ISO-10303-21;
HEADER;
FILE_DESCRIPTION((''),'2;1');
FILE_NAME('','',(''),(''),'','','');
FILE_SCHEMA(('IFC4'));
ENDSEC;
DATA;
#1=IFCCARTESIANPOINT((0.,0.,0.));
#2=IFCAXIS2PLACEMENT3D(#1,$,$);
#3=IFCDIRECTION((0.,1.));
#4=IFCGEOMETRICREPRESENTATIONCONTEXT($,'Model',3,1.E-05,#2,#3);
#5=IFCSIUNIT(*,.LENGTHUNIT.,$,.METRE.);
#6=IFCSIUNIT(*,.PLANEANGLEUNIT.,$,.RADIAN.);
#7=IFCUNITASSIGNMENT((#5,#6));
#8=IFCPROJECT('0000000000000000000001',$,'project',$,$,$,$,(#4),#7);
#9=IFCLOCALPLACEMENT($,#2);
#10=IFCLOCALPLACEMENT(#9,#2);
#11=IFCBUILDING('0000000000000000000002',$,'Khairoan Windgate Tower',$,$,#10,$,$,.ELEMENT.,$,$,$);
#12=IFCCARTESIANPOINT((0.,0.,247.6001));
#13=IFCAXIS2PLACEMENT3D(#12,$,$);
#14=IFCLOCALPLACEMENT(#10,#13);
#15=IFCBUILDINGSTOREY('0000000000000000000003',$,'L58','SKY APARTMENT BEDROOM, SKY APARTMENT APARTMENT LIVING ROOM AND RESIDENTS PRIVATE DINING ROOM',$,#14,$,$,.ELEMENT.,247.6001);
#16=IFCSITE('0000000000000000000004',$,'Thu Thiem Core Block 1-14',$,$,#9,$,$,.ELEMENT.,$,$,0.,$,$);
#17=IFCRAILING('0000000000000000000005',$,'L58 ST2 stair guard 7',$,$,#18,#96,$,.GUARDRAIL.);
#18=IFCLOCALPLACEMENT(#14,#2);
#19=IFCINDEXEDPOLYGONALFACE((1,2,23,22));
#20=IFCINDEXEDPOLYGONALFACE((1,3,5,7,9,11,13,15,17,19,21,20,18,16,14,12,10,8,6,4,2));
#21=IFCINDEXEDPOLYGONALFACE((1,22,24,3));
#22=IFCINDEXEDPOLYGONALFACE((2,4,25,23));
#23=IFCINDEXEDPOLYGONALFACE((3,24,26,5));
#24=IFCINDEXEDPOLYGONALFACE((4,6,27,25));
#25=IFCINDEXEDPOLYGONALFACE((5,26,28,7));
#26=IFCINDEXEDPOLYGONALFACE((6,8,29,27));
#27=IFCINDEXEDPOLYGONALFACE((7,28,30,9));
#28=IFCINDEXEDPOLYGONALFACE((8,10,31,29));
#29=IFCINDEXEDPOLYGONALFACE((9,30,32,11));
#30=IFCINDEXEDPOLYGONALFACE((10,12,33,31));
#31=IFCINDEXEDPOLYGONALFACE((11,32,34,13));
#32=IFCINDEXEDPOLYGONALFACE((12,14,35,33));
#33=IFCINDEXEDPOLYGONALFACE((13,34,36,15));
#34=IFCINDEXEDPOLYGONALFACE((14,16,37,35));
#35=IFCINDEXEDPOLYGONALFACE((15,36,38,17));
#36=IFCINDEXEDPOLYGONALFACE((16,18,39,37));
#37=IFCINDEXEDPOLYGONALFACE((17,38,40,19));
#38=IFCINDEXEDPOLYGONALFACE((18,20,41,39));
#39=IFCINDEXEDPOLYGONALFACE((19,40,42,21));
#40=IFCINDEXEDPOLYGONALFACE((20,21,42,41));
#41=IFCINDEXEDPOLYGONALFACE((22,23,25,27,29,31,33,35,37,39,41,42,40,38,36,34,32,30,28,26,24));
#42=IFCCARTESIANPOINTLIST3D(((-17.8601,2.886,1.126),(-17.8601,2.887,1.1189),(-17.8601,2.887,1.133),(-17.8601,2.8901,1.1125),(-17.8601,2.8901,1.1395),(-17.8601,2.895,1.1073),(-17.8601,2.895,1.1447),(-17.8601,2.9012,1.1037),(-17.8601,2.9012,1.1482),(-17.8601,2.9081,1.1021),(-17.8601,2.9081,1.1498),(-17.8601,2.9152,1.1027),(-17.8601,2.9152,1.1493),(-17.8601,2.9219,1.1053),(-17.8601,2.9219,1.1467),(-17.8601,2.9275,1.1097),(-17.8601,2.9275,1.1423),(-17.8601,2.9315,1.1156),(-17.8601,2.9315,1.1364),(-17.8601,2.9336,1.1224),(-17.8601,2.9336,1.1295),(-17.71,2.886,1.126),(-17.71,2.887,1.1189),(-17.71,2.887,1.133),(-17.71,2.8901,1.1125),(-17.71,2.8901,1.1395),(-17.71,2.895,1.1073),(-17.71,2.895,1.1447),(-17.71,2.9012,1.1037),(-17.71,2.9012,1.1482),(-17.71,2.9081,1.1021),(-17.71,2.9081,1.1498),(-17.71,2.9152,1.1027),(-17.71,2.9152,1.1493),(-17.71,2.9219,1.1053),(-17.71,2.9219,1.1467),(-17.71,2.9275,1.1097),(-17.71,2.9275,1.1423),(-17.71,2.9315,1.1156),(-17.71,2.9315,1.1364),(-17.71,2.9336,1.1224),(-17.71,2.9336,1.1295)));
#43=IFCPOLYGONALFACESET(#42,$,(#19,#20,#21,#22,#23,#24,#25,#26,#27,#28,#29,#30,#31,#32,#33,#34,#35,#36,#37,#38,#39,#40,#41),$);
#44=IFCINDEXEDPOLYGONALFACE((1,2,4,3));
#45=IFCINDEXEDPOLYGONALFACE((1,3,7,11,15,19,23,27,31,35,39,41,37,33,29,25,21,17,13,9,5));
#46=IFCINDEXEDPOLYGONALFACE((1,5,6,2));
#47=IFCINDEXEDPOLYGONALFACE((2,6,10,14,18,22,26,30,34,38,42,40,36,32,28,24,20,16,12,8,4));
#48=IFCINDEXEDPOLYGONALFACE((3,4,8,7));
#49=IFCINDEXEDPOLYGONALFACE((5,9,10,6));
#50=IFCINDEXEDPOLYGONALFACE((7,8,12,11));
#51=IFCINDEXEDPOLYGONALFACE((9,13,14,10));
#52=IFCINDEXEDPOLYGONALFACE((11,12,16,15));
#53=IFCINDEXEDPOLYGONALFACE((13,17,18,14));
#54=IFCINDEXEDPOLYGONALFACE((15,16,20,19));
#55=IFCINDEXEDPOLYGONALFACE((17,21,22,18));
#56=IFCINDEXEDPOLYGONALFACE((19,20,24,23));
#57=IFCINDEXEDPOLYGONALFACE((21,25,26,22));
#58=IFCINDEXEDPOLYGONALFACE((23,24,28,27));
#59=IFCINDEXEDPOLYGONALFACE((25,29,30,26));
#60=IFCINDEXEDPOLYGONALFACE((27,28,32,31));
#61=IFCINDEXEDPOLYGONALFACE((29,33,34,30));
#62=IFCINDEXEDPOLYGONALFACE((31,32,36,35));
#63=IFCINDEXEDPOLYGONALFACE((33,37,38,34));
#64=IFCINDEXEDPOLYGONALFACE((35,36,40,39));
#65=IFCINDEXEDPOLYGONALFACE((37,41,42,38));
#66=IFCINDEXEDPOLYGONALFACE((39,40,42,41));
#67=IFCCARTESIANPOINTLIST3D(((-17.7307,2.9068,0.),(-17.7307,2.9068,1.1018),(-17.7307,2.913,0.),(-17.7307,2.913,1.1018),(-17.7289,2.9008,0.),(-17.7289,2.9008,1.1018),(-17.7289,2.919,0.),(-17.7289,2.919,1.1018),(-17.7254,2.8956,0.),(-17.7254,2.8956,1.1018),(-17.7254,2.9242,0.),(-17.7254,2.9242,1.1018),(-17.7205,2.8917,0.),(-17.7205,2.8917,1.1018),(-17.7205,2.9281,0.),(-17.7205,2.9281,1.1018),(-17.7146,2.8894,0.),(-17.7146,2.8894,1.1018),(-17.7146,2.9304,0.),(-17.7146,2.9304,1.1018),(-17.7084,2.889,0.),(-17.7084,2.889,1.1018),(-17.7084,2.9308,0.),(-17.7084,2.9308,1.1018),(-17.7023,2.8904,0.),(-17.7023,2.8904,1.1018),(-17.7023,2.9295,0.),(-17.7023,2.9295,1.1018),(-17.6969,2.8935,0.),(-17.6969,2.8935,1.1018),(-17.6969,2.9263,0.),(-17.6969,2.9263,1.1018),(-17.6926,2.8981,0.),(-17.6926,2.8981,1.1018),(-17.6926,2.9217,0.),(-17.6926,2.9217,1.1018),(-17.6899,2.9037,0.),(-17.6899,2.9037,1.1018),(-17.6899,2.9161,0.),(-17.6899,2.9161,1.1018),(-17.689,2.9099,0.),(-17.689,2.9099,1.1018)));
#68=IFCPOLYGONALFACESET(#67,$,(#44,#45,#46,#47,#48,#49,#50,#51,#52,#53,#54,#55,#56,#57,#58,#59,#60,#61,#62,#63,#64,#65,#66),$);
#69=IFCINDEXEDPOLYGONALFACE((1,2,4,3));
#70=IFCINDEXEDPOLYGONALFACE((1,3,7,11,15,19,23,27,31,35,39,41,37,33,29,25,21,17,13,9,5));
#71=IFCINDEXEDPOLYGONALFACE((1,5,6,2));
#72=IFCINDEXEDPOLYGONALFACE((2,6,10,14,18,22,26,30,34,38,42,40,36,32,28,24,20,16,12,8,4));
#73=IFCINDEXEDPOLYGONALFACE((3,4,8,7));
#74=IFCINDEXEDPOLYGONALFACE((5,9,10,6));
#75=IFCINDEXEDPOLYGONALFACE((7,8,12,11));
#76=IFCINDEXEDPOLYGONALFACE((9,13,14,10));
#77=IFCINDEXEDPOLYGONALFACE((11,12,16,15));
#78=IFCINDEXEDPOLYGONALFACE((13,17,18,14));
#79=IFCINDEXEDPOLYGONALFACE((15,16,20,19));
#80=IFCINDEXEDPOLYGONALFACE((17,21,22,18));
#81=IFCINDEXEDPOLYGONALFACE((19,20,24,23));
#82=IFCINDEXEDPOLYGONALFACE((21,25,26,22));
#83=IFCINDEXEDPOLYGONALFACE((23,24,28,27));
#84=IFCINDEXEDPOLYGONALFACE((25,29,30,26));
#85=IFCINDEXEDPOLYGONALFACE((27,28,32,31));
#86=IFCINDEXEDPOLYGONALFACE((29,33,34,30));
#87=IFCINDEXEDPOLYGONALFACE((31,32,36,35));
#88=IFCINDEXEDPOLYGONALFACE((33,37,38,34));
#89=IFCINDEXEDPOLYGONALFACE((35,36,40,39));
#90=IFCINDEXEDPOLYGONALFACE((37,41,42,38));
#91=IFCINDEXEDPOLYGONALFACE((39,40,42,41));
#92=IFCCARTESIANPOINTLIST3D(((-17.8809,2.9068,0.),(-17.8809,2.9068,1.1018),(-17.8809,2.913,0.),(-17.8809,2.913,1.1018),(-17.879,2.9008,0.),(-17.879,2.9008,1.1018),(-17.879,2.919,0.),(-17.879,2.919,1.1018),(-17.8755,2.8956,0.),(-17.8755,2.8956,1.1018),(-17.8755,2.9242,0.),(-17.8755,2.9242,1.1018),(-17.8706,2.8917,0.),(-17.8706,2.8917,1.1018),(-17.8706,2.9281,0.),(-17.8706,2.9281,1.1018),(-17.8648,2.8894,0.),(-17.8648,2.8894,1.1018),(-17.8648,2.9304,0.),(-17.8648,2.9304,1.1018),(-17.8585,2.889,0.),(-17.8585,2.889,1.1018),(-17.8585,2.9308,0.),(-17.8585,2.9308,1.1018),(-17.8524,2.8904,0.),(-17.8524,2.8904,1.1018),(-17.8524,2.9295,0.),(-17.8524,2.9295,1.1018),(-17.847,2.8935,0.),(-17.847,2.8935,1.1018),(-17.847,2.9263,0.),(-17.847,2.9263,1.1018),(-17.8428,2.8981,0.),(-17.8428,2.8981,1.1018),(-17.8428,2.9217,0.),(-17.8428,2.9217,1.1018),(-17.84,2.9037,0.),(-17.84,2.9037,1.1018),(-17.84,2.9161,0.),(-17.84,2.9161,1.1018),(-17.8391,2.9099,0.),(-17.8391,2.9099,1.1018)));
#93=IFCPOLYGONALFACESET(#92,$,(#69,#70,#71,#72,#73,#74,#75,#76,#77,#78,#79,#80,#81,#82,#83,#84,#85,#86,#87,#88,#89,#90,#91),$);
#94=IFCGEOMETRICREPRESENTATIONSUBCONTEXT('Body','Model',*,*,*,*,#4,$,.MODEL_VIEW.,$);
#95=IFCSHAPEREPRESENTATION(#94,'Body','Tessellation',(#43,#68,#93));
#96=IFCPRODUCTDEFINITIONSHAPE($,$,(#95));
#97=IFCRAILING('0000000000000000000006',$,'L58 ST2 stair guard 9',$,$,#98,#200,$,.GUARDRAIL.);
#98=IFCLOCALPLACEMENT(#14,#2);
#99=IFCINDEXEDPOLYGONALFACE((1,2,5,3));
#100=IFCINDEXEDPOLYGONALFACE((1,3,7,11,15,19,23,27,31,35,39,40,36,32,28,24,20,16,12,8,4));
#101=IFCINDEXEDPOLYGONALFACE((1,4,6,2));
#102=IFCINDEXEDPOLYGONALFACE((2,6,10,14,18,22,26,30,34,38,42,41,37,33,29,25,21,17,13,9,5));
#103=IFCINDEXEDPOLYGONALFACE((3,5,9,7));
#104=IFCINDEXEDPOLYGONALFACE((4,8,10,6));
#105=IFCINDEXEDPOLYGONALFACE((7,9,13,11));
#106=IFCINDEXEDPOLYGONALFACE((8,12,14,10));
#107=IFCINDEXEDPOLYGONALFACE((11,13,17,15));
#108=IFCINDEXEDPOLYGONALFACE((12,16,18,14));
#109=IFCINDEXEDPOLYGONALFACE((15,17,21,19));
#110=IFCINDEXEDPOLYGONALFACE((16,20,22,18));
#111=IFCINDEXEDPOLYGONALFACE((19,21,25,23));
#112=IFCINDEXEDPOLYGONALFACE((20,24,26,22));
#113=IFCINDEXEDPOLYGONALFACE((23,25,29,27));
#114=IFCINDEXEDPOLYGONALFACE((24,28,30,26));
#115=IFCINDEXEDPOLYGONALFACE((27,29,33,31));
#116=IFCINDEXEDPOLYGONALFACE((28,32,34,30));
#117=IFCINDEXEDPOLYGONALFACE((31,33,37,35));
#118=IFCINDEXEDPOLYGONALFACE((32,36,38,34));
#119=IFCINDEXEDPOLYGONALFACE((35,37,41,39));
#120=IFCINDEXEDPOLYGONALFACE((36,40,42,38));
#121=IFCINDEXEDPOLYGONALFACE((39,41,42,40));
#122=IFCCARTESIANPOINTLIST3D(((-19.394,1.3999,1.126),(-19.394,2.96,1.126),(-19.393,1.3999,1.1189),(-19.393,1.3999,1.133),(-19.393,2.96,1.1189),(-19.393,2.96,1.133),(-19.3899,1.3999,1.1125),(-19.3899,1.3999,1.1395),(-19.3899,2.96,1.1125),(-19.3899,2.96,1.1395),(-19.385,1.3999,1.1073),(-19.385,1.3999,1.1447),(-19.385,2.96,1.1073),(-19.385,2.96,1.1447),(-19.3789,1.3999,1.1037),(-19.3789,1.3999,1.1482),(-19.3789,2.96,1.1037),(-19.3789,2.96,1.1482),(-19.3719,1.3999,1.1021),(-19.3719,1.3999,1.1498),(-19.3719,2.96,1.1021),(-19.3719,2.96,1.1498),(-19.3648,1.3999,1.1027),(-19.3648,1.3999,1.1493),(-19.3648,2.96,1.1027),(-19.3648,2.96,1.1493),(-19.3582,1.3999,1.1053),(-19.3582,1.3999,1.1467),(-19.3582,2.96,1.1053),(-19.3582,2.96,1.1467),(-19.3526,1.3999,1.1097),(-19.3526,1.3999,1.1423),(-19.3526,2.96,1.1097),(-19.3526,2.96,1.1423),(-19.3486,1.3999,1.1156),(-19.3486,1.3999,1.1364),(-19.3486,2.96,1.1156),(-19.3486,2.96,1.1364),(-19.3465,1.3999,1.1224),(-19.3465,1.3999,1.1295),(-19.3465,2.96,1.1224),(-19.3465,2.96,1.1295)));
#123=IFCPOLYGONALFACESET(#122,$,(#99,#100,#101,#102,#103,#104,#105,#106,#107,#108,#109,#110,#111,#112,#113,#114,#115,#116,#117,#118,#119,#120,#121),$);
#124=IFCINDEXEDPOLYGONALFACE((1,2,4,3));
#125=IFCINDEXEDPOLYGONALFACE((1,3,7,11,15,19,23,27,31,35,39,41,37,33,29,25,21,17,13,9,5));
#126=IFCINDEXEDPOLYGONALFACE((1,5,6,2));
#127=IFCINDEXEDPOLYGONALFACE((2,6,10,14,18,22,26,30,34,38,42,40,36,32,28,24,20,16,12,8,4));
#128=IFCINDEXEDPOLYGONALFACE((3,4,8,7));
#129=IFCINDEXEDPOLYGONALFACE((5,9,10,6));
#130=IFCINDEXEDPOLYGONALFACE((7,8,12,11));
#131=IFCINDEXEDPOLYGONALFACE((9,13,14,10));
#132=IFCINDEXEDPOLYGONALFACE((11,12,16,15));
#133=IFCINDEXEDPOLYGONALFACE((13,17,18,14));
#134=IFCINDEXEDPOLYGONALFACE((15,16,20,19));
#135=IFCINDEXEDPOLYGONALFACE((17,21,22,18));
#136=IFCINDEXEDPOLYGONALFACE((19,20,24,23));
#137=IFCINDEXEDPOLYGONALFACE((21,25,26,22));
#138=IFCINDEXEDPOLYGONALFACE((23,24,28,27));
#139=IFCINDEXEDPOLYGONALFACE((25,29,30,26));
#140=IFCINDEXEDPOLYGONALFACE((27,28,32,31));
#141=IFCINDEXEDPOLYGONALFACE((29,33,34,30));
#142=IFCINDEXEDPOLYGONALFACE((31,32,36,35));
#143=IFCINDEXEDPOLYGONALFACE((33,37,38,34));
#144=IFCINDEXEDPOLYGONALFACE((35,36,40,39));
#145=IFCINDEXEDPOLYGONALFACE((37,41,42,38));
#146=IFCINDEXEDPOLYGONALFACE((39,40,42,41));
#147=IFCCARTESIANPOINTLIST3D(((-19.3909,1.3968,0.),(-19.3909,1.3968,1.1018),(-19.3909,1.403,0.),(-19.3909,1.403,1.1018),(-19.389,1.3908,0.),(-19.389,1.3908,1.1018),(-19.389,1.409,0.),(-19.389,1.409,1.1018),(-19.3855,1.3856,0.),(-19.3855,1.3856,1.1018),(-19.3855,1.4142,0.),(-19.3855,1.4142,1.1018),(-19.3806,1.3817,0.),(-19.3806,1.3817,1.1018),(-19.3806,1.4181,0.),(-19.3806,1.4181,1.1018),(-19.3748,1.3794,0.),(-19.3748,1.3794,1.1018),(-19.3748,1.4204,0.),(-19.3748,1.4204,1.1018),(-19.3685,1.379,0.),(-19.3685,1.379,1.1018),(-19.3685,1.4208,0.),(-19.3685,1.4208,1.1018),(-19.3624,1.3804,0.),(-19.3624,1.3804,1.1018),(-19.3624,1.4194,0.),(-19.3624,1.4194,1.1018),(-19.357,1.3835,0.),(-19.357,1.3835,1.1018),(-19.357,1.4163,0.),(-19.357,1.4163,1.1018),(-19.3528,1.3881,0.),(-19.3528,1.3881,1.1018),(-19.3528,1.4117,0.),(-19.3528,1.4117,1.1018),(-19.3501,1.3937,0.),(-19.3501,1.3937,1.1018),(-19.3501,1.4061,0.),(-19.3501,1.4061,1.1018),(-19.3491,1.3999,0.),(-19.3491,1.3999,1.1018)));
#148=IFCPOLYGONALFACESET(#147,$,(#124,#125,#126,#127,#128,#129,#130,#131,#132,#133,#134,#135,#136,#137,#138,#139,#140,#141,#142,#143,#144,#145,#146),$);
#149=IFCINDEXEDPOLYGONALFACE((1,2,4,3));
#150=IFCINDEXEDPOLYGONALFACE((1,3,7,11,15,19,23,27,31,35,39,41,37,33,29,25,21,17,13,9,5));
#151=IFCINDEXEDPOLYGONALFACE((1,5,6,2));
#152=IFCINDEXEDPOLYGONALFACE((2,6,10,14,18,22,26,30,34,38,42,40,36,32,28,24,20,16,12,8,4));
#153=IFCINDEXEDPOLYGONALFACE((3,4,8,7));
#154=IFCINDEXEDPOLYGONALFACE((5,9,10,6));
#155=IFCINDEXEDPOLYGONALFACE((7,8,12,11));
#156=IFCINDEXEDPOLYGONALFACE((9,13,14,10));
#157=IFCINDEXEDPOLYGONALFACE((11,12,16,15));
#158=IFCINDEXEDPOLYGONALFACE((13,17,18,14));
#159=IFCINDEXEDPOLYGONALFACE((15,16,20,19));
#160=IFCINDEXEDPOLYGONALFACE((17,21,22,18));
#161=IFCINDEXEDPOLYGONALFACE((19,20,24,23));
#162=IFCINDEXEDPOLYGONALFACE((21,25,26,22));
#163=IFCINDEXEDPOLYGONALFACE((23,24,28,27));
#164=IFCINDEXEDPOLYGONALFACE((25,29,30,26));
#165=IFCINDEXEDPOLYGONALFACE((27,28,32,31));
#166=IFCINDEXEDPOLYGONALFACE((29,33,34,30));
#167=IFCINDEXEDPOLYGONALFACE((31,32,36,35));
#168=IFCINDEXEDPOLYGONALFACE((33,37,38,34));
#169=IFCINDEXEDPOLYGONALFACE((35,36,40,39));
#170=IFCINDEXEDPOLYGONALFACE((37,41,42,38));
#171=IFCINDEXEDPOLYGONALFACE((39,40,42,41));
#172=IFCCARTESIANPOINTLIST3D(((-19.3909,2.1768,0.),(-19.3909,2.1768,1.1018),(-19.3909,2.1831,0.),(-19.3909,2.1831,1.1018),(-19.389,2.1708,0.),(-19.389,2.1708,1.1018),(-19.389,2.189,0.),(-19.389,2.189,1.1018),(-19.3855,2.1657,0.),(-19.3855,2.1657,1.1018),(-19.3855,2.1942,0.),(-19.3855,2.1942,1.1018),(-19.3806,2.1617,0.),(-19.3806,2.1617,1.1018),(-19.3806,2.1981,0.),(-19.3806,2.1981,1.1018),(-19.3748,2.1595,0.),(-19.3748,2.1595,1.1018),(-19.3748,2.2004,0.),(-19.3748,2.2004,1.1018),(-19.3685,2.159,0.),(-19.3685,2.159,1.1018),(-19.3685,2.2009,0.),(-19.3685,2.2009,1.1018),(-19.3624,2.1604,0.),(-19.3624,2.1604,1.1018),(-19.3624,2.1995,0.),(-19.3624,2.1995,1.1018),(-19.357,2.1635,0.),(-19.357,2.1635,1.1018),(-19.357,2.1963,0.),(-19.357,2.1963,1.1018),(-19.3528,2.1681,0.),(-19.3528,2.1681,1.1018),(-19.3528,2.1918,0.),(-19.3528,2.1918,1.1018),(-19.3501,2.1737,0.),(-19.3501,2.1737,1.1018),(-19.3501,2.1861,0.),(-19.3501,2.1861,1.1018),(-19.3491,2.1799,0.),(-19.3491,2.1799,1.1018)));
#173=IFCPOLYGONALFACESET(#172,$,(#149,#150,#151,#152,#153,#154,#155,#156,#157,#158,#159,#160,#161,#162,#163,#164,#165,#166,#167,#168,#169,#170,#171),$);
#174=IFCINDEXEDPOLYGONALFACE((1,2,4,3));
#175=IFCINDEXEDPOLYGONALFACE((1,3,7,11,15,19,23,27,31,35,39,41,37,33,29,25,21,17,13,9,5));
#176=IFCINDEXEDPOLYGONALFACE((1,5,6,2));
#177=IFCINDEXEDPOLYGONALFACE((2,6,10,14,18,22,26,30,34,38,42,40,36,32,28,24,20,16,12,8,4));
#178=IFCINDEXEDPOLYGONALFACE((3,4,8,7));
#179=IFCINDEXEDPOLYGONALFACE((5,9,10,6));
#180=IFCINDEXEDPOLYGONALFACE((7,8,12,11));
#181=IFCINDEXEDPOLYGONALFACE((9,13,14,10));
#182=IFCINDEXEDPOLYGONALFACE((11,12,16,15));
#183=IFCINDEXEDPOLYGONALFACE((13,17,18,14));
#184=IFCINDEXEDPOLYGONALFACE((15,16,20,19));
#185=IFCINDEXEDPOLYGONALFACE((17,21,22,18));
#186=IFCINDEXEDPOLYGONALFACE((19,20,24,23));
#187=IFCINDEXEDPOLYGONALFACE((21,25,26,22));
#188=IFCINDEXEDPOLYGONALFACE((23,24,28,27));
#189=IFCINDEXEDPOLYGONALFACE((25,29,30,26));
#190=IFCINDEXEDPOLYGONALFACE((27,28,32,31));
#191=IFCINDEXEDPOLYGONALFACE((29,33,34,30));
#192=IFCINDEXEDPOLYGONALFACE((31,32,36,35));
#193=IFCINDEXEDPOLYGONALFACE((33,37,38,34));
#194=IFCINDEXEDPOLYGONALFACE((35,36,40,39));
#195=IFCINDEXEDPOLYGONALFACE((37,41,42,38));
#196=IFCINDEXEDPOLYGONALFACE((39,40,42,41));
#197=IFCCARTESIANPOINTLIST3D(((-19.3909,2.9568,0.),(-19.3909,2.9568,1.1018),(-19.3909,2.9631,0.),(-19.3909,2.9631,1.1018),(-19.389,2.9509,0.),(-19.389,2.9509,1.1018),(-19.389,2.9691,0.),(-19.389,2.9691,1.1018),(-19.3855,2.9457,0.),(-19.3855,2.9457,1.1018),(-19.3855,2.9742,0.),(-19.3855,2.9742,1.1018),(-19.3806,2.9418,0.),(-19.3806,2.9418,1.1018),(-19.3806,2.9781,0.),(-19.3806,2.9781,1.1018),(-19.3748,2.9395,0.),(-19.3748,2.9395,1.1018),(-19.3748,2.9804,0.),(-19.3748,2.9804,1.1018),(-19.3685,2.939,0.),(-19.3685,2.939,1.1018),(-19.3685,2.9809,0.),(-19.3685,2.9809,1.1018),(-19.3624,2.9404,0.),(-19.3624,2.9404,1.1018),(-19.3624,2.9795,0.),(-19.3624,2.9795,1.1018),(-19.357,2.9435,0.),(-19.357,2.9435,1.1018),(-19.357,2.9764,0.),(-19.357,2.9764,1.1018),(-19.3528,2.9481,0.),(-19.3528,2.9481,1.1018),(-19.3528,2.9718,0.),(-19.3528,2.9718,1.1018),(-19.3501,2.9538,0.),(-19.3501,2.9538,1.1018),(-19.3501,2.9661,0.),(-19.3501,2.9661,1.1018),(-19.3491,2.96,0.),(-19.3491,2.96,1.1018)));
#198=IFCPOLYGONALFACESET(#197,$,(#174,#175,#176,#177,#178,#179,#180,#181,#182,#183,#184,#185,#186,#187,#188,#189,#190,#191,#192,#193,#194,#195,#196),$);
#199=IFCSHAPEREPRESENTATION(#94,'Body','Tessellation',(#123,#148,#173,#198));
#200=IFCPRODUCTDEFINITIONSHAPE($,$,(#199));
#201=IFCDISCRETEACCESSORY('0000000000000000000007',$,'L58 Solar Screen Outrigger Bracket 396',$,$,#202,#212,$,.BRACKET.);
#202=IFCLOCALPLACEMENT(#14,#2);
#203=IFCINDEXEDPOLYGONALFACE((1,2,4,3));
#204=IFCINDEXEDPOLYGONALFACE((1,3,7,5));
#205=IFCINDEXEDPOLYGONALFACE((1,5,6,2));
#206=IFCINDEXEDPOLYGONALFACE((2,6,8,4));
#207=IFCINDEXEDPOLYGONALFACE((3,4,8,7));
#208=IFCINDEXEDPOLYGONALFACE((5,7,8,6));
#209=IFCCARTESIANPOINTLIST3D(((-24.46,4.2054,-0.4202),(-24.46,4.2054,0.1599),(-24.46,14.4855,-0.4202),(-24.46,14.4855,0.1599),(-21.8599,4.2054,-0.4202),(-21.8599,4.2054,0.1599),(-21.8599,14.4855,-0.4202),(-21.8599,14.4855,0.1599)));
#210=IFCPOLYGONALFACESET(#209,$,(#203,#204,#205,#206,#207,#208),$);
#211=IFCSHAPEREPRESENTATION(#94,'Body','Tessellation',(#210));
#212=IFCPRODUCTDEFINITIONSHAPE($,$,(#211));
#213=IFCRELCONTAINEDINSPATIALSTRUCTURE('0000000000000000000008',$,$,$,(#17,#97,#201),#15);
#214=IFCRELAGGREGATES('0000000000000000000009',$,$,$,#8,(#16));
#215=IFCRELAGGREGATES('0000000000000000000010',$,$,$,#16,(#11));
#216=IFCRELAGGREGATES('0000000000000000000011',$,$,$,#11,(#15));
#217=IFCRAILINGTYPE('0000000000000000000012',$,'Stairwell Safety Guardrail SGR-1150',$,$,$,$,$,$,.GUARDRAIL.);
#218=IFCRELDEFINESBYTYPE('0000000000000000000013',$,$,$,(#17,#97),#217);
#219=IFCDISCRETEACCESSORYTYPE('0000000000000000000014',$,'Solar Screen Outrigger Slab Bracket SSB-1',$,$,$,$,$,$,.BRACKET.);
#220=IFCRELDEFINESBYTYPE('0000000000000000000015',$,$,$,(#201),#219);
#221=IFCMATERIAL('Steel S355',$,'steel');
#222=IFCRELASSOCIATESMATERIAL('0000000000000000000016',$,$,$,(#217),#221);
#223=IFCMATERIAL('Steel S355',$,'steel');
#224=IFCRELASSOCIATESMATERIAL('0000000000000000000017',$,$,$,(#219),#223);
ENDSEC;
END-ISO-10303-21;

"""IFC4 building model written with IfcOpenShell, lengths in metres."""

from ifc_helpers import new_model, si_unit, direction, frame, origin, origin_2d, place, context, subcontext, project, spatial, rectangle, circle, extrude, material, type_object, element, save


model = new_model("IFC4")

# Units and contexts
model_context = context("Model", 3, precision=1e-05, world=origin(), true_north=direction((0.0, 1.0)))
body_context = subcontext(model_context, "Body", "Model", "MODEL_VIEW")
ifc_project = project(units=[si_unit("LENGTHUNIT", "METRE"), si_unit("PLANEANGLEUNIT", "RADIAN")], contexts=[model_context])

# Site, building, storey
site_placement = place(None, origin())
site = spatial("IfcSite", under=ifc_project, at=site_placement, Name="Thu Thiem Core Block 1-14", CompositionType="ELEMENT", RefElevation=0.0)
building_placement = place(site_placement, origin())
building = spatial("IfcBuilding", under=site, at=building_placement, Name="Khairoan Windgate Tower", CompositionType="ELEMENT")
storey_placement = place(building_placement, frame((0.0, 0.0, 247.6001)))
storey = spatial("IfcBuildingStorey", under=building, at=storey_placement, Name="L58", Description="SKY APARTMENT BEDROOM, SKY APARTMENT APARTMENT LIVING ROOM AND RESIDENTS PRIVATE DINING ROOM", CompositionType="ELEMENT", Elevation=247.6001)

# Railings
ifc_material_1 = material(Name="Steel S355", Category="steel")
railing_type_1 = type_object("IfcRailingType", Name="Stairwell Safety Guardrail SGR-1150", PredefinedType="GUARDRAIL", material=ifc_material_1)
railing_1_placement = place(storey_placement, frame((-17.71, 2.9099, 0.0)))
element("IfcRailing", 1, at=railing_1_placement, inside=storey, type_object=railing_type_1, Name="L58 ST2 stair guard 7", PredefinedType="GUARDRAIL", context=body_context, shape_type="SweptSolid", body=[
    extrude(circle(Radius=0.0239, at=origin_2d()), frame((0.0, 0.0, 1.126), z_axis=(-1.0, 0.0, 0.0), x_axis=(0.0, -1.0, 0.0)), (0.0, 0.0, 1.0), 0.1501),
    extrude(circle(Radius=0.021, at=origin_2d()), origin(), (0.0, 0.0, 1.0), 1.1018),
    extrude(circle(Radius=0.021, at=origin_2d()), frame((-0.1501, 0.0, 0.0)), (0.0, 0.0, 1.0), 1.1018),
])
railing_2_placement = place(storey_placement, frame((-19.3701, 1.3999, 0.0)))
element("IfcRailing", 2, at=railing_2_placement, inside=storey, type_object=railing_type_1, Name="L58 ST2 stair guard 9", PredefinedType="GUARDRAIL", context=body_context, shape_type="SweptSolid", body=[
    extrude(circle(Radius=0.0239, at=origin_2d()), frame((0.0, 0.0, 1.126), z_axis=(0.0, 1.0, 0.0), x_axis=(-1.0, 0.0, 0.0)), (0.0, 0.0, 1.0), 1.5601),
    extrude(circle(Radius=0.021, at=origin_2d()), origin(), (0.0, 0.0, 1.0), 1.1018),
    extrude(circle(Radius=0.021, at=origin_2d()), frame((0.0, 0.78, 0.0)), (0.0, 0.0, 1.0), 1.1018),
    extrude(circle(Radius=0.021, at=origin_2d()), frame((0.0, 1.5601, 0.0)), (0.0, 0.0, 1.0), 1.1018),
])

# Discrete accessory
ifc_material_2 = material(Name="Steel S355", Category="steel")
discrete_accessory_type = type_object("IfcDiscreteAccessoryType", Name="Solar Screen Outrigger Slab Bracket SSB-1", PredefinedType="BRACKET", material=ifc_material_2)
discrete_accessory_placement = place(storey_placement, frame((-23.1599, 9.3455, -0.4202), z_axis=(0.0, 0.0, 1.0), x_axis=(0.0, 1.0, 0.0)))
element("IfcDiscreteAccessory", 3, at=discrete_accessory_placement, inside=storey, type_object=discrete_accessory_type, Name="L58 Solar Screen Outrigger Bracket 396", PredefinedType="BRACKET", context=body_context, shape_type="SweptSolid", body=[
    extrude(rectangle(XDim=10.28, YDim=2.6001, at=origin_2d()), origin(), (0.0, 0.0, 1.0), 0.5801),
])

save(model, "model.ifc")
